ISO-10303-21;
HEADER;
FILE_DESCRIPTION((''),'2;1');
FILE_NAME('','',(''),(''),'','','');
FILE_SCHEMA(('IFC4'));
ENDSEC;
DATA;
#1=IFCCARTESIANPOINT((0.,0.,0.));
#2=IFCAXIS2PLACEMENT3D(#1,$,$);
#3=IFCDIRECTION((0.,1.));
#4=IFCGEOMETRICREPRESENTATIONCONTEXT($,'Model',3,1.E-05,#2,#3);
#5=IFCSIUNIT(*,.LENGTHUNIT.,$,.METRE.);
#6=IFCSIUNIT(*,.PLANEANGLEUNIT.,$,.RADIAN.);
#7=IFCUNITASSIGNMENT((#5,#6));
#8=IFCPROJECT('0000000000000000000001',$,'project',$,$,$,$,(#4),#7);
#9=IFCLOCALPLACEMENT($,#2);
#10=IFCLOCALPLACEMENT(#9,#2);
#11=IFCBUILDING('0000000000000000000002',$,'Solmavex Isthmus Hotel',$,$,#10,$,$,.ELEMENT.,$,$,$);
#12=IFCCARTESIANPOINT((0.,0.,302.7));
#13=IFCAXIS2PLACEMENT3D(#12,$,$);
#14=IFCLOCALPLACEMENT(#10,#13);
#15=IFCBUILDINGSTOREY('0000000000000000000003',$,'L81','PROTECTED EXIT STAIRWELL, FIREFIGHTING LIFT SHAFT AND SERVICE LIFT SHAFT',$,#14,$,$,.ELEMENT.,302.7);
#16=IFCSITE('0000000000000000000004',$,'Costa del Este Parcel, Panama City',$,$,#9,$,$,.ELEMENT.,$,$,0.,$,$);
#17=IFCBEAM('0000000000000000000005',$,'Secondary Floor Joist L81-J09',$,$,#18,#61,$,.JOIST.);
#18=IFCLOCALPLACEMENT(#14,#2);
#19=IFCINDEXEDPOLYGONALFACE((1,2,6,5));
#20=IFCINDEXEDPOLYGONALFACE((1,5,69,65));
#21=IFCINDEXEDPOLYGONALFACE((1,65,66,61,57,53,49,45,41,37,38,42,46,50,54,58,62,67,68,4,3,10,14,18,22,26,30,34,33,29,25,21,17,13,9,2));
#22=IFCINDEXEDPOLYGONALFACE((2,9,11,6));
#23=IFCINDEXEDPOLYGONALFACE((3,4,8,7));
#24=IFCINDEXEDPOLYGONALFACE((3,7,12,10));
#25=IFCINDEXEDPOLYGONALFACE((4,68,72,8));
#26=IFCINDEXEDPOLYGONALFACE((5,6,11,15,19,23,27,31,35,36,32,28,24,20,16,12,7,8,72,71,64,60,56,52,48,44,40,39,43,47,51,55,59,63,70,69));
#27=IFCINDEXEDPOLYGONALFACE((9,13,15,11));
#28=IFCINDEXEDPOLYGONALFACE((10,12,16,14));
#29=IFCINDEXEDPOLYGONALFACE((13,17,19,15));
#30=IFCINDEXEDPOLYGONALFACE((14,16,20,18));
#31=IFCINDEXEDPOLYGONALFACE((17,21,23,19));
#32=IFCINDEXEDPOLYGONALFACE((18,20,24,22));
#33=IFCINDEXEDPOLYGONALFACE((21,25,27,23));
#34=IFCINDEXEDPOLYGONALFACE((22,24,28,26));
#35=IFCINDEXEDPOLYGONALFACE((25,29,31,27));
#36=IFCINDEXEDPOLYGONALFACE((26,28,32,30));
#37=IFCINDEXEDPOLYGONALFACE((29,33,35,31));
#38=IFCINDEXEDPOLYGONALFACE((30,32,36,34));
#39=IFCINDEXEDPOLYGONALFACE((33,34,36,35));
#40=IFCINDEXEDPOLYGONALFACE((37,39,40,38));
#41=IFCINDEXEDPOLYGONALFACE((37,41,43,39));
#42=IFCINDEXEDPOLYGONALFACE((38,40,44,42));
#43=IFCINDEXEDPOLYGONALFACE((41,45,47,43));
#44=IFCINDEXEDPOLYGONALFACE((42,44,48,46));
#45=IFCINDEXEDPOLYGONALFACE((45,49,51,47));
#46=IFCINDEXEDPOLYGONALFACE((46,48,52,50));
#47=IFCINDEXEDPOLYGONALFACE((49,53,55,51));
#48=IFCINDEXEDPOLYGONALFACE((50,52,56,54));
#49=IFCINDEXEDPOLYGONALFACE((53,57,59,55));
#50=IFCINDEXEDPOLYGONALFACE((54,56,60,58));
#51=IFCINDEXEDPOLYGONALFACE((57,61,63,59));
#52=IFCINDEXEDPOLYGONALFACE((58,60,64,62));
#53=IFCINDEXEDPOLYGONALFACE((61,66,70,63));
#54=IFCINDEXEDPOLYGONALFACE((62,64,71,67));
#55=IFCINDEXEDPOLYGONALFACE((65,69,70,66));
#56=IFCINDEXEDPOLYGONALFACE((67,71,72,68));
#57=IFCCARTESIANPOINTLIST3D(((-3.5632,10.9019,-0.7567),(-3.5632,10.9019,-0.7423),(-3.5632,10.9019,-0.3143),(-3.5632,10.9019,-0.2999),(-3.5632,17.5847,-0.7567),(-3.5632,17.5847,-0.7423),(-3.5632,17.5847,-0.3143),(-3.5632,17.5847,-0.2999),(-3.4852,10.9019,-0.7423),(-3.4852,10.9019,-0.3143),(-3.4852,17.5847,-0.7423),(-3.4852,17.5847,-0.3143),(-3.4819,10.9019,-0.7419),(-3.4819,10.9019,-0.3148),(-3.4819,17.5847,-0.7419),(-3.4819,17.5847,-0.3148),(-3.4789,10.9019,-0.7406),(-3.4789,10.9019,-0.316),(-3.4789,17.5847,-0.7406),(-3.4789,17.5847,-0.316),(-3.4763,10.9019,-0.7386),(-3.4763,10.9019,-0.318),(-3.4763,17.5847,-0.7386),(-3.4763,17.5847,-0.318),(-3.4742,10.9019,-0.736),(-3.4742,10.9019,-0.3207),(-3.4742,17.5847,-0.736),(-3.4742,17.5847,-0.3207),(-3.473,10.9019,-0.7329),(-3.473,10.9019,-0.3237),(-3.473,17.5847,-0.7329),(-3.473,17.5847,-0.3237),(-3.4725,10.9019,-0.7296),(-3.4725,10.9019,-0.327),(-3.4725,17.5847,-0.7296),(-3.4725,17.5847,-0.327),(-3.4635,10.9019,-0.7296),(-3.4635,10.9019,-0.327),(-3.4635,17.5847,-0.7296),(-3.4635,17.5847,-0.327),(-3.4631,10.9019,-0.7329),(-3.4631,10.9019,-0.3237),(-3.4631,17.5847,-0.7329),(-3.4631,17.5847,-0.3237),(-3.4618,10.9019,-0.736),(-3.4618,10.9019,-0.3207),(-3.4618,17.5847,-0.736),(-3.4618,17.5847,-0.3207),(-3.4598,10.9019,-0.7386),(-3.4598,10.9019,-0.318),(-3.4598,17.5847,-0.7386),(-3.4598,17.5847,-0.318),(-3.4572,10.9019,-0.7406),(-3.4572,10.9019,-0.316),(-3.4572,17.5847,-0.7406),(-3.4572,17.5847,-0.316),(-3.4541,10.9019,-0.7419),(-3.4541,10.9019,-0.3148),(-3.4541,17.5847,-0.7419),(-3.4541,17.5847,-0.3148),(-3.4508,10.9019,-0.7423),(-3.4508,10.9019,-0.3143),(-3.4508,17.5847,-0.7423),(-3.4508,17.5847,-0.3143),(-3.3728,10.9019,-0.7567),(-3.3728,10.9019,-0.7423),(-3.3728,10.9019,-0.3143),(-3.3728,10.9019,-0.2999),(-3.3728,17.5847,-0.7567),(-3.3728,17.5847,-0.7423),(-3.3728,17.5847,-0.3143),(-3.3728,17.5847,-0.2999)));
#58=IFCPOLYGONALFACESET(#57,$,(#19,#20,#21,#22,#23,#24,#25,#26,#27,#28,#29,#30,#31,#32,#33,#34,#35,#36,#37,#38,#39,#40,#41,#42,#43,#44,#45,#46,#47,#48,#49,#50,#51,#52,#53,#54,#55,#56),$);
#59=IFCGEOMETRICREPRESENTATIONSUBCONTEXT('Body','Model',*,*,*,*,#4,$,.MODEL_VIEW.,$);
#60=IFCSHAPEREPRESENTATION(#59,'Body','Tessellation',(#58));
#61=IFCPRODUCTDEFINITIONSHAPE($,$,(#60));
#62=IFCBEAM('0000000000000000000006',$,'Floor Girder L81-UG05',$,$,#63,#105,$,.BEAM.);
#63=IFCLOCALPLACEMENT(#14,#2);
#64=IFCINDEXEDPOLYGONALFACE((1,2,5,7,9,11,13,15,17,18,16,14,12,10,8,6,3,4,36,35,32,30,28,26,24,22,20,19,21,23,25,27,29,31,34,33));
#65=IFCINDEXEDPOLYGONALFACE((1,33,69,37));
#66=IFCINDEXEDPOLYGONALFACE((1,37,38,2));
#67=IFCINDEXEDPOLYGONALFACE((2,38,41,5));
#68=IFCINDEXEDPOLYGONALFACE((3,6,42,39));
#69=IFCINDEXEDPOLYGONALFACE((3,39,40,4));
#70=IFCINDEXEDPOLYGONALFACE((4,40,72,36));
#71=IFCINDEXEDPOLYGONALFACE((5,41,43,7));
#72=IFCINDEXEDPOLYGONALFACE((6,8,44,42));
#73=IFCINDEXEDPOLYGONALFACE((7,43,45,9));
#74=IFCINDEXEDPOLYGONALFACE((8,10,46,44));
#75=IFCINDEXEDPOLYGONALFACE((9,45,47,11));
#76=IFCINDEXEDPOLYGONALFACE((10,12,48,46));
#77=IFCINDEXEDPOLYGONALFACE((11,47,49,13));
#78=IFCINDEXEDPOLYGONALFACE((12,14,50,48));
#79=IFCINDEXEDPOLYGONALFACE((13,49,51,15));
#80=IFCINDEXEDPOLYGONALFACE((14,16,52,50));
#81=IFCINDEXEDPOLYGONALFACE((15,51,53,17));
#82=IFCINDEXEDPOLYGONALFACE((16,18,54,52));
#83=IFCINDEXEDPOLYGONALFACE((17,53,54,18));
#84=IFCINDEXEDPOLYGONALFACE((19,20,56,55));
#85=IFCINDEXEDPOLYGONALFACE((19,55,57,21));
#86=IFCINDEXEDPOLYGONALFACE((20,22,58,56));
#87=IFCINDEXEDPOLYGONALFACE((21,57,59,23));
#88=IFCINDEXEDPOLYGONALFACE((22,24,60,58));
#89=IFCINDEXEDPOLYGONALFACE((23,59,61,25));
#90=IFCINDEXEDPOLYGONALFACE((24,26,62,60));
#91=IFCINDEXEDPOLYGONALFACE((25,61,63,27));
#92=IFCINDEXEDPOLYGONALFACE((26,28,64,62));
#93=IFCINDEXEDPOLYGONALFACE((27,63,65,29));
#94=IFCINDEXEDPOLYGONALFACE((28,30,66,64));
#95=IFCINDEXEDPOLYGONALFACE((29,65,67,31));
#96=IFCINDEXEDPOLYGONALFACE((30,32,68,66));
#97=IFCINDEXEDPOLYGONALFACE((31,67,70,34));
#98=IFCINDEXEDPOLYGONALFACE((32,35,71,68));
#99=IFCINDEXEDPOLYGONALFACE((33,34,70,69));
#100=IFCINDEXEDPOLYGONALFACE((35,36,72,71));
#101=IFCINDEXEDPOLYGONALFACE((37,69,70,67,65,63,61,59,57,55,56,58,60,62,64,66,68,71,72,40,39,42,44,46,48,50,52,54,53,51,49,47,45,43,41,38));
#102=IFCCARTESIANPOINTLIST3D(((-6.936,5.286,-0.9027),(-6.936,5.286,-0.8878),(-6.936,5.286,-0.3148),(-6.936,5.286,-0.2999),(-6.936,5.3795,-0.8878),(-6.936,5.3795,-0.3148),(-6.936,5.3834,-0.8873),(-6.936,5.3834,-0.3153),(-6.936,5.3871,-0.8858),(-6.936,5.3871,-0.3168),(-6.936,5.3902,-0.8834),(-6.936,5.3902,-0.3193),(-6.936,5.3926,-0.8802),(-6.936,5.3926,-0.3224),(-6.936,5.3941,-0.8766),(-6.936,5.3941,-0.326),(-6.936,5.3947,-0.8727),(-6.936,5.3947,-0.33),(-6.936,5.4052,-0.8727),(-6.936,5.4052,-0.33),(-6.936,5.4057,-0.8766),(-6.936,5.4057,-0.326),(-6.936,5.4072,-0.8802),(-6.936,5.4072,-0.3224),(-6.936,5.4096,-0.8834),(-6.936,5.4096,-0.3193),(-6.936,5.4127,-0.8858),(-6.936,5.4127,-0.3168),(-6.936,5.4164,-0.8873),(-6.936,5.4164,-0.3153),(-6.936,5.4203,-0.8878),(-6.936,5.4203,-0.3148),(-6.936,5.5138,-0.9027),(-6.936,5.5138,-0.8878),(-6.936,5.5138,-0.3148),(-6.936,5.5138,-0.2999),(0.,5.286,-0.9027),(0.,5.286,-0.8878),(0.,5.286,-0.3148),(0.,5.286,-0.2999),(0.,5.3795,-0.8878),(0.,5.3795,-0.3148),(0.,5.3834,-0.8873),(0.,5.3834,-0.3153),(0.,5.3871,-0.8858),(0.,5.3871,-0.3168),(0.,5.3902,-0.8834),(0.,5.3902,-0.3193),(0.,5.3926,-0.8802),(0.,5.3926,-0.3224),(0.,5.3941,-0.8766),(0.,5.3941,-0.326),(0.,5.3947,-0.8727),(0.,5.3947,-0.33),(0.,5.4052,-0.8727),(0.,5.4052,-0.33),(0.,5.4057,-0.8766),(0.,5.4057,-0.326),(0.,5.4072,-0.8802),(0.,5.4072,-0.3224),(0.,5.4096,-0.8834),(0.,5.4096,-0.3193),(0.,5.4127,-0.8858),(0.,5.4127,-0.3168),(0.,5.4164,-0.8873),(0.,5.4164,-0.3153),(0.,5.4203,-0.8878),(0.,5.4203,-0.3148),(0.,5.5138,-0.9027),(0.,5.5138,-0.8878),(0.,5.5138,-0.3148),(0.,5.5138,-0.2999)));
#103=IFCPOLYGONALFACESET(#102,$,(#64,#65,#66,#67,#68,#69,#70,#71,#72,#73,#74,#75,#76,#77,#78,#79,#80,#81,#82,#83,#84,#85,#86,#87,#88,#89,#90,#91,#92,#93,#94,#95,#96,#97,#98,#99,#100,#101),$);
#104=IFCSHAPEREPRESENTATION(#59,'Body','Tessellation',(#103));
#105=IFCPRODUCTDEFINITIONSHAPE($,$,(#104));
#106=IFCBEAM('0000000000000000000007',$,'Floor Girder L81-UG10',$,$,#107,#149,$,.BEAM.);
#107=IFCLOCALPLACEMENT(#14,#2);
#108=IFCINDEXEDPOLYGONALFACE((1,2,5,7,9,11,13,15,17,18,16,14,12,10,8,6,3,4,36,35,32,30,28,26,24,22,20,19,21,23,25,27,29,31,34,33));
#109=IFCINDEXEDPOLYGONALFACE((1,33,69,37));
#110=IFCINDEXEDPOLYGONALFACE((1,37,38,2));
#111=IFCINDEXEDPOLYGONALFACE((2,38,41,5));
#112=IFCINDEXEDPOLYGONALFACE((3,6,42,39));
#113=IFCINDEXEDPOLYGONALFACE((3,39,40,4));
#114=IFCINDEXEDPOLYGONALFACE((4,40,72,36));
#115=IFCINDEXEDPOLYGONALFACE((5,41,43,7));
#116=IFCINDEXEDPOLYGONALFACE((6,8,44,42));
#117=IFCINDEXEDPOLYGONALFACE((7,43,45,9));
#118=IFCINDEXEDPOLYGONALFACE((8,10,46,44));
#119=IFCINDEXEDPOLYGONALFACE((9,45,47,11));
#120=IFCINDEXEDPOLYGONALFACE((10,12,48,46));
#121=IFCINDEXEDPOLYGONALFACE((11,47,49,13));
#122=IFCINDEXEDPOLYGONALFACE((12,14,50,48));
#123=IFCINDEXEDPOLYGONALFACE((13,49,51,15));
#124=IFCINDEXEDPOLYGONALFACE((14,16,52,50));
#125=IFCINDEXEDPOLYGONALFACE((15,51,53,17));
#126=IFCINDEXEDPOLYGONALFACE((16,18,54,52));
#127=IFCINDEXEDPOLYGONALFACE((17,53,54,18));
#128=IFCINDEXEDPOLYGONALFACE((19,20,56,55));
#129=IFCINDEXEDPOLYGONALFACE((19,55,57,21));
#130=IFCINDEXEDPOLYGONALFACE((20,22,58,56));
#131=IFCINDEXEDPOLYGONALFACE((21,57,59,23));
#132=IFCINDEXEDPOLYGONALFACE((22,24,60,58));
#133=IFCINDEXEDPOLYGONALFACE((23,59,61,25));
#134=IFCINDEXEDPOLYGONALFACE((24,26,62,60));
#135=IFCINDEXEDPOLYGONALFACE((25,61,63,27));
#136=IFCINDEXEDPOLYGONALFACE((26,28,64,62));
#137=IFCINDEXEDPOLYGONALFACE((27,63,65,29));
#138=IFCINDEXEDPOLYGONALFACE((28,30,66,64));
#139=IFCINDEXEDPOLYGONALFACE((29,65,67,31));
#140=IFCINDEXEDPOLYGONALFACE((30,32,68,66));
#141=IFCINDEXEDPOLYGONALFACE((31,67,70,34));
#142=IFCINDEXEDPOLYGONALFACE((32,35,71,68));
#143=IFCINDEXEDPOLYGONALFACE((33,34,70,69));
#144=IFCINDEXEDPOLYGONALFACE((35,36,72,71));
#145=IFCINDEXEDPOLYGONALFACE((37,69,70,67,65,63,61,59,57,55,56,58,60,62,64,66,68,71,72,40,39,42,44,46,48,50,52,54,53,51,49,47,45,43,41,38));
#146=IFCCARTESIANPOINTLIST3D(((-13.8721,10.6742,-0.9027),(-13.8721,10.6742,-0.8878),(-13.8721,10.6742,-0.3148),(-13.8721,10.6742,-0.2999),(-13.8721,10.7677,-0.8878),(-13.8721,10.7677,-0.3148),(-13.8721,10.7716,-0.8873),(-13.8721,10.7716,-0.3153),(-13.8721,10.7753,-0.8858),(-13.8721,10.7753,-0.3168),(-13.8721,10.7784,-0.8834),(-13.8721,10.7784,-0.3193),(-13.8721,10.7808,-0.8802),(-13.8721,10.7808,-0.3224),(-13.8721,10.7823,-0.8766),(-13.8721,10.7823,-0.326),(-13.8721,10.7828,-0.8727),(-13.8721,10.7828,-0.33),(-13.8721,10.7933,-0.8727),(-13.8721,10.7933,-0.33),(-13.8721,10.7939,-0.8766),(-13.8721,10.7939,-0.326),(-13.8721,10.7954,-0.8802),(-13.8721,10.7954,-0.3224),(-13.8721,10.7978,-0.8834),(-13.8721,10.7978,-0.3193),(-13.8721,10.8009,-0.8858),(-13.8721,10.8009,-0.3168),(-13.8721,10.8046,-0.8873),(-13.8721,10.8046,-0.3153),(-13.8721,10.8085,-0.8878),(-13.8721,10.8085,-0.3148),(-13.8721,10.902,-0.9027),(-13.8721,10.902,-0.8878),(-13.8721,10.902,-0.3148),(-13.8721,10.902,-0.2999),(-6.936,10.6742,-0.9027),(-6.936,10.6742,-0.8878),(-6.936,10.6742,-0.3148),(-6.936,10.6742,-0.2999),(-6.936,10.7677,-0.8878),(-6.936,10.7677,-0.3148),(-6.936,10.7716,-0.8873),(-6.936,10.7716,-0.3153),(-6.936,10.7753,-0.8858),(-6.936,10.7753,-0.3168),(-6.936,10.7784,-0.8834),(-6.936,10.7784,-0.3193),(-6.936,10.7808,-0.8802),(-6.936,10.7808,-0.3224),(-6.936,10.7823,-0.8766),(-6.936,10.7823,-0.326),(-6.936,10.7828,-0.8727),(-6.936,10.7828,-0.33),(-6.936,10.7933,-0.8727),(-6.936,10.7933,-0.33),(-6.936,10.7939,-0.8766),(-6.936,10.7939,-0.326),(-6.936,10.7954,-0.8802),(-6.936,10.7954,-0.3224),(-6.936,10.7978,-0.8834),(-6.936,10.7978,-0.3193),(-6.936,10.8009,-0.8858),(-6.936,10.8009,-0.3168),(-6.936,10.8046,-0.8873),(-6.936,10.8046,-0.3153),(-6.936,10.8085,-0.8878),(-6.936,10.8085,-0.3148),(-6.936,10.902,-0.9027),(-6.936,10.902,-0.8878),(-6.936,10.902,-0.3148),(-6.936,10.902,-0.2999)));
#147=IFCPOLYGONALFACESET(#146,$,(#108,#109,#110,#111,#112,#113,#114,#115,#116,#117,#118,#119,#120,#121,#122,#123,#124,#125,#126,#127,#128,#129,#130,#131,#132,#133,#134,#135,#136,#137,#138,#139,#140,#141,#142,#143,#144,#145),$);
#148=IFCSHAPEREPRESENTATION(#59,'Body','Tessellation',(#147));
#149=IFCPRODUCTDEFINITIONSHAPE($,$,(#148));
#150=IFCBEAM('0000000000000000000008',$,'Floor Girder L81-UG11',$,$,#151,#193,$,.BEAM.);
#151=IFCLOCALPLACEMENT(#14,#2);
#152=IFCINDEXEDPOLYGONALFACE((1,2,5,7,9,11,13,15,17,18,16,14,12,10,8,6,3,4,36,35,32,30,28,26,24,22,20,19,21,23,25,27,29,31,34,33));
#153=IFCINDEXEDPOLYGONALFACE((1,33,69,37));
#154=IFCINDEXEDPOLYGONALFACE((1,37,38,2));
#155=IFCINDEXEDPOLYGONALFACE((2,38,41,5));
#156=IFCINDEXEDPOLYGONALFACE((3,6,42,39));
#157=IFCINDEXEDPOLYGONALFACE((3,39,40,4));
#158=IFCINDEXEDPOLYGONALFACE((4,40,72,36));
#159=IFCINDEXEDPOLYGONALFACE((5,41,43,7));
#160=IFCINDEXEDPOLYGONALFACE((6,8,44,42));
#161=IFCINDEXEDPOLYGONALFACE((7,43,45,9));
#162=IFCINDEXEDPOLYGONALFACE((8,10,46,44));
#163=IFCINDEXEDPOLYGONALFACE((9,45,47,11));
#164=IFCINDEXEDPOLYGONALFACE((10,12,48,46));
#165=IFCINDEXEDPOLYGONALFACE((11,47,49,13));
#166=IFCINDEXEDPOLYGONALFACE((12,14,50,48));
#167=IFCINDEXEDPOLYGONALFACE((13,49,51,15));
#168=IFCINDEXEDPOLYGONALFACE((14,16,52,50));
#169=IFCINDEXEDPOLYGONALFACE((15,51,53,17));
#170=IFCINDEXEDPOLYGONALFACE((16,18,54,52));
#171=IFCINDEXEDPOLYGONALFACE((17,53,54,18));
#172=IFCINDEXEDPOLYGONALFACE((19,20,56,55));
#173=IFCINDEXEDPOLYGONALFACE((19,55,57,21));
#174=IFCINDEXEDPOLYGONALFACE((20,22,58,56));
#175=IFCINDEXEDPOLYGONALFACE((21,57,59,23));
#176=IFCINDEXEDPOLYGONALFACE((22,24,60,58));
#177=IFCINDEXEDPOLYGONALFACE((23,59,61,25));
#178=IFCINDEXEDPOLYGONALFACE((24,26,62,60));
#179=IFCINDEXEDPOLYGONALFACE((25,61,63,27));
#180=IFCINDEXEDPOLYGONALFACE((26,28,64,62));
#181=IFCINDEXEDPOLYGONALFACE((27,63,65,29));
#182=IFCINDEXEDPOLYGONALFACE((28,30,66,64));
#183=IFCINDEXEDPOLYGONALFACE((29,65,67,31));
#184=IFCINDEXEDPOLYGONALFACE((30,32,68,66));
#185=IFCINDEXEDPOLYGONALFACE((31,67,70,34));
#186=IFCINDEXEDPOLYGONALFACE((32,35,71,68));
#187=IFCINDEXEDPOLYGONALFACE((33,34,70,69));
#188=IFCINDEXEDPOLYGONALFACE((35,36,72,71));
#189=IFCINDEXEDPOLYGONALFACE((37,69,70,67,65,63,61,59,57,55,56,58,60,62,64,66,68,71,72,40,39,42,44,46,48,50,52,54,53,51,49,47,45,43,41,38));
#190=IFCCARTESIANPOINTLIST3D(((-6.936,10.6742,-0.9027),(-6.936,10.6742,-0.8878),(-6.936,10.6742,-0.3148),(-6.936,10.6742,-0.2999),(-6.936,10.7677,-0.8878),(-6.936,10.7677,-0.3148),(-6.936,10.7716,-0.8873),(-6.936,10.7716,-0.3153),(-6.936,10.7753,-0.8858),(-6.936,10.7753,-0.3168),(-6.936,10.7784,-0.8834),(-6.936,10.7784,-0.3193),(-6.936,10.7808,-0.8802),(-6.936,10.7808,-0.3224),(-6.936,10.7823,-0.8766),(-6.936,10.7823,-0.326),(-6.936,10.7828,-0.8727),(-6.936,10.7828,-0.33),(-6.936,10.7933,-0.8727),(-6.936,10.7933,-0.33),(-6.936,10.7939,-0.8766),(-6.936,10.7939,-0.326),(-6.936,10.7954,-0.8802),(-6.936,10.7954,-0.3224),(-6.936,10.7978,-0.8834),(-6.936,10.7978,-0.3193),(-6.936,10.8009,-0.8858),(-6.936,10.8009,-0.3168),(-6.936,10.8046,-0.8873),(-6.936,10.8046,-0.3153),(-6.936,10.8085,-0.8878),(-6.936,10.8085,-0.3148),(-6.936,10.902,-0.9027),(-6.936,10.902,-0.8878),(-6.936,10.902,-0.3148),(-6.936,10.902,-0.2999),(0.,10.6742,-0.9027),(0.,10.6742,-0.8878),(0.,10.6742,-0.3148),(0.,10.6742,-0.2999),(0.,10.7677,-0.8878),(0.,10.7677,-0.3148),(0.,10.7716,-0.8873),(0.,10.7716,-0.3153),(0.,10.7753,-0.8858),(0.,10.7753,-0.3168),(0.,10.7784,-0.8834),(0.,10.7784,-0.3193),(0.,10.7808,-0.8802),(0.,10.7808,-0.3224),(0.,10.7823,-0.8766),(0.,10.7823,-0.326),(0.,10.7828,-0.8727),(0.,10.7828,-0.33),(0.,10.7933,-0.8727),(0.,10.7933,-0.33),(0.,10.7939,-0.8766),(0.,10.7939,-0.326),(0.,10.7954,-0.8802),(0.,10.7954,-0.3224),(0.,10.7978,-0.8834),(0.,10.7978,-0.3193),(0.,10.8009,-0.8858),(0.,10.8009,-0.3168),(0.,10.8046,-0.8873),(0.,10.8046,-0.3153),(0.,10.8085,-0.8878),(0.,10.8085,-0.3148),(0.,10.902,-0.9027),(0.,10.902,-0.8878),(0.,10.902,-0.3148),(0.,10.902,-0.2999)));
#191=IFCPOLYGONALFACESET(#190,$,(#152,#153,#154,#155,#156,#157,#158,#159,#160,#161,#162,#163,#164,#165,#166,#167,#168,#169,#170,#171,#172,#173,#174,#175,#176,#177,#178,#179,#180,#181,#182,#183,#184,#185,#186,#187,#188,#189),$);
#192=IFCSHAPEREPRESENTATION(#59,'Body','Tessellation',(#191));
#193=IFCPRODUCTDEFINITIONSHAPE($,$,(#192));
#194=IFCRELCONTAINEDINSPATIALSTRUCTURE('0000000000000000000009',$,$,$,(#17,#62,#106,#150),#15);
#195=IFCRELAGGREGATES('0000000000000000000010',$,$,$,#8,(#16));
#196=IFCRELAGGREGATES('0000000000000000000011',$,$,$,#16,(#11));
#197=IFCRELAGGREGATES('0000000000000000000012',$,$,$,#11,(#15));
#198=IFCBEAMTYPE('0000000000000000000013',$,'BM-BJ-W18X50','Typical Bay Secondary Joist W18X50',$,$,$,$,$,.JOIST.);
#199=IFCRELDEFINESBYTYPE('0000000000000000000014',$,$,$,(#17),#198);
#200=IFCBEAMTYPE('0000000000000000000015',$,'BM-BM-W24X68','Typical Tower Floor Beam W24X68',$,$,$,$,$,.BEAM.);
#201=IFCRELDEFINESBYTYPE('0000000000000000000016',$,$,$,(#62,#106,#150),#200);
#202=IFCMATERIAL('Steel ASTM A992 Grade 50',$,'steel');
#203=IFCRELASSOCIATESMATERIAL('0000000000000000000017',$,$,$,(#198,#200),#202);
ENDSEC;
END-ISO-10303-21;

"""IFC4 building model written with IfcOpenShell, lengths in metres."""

from ifc_helpers import new_model, si_unit, direction, frame, origin, origin_2d, place, context, subcontext, project, spatial, i_section, extrude, material, material_profile, profile_set, type_object, element, save


model = new_model("IFC4")

# Units and contexts
model_context = context("Model", 3, precision=1e-05, world=origin(), true_north=direction((0.0, 1.0)))
body_context = subcontext(model_context, "Body", "Model", "MODEL_VIEW")
ifc_project = project(units=[si_unit("LENGTHUNIT", "METRE"), si_unit("PLANEANGLEUNIT", "RADIAN")], contexts=[model_context])

# Site, building, storey
site_placement = place(None, origin())
site = spatial("IfcSite", under=ifc_project, at=site_placement, Name="Costa del Este Parcel, Panama City", CompositionType="ELEMENT", RefElevation=0.0)
building_placement = place(site_placement, origin())
building = spatial("IfcBuilding", under=site, at=building_placement, Name="Solmavex Isthmus Hotel", CompositionType="ELEMENT")
storey_placement = place(building_placement, frame((0.0, 0.0, 302.7)))
storey = spatial("IfcBuildingStorey", under=building, at=storey_placement, Name="L81", Description="PROTECTED EXIT STAIRWELL, FIREFIGHTING LIFT SHAFT AND SERVICE LIFT SHAFT", CompositionType="ELEMENT", Elevation=302.7)

# Beams
ifc_material_1 = material(Name="Steel ASTM A992 Grade 50", Category="steel")
ifc_material_profile_1 = material_profile(ifc_material_1, i_section(OverallWidth=0.1904, OverallDepth=0.4568, WebThickness=0.009, FlangeThickness=0.0144, FilletRadius=0.0127, at=origin_2d()), Name="W18X50")
ifc_profile_set_1 = profile_set([ifc_material_profile_1], Name="Steel ASTM A992 Grade 50")
beam_type_1 = type_object("IfcBeamType", Name="BM-BJ-W18X50", Description="Typical Bay Secondary Joist W18X50", PredefinedType="JOIST", material=ifc_profile_set_1)
beam_1_placement = place(storey_placement, frame((-3.468, 10.9019, -0.5283), z_axis=(0.0, 1.0, 0.0), x_axis=(-1.0, 0.0, 0.0)))
element("IfcBeam", 1, at=beam_1_placement, inside=storey, type_object=beam_type_1, Name="Secondary Floor Joist L81-J09", PredefinedType="JOIST", context=body_context, shape_type="SweptSolid", body=[
    extrude(i_section(OverallWidth=0.1904, OverallDepth=0.4568, WebThickness=0.009, FlangeThickness=0.0144, FilletRadius=0.0127, at=origin_2d()), origin(), (0.0, 0.0, 1.0), 6.6829),
])
ifc_material_profile_2 = material_profile(ifc_material_1, i_section(OverallWidth=0.2278, OverallDepth=0.6028, WebThickness=0.0105, FlangeThickness=0.0149, FilletRadius=0.0151, at=origin_2d()), Name="W24X68")
ifc_profile_set_2 = profile_set([ifc_material_profile_2], Name="Steel ASTM A992 Grade 50")
beam_type_2 = type_object("IfcBeamType", Name="BM-BM-W24X68", Description="Typical Tower Floor Beam W24X68", PredefinedType="BEAM", material=ifc_profile_set_2)
for number, where, z_axis, x_axis, name in (
    (2, (-6.936, 5.3999, -0.6013), (1.0, 0.0, 0.0), (0.0, 1.0, 0.0), "Floor Girder L81-UG05"),
    (3, (-13.8721, 10.7881, -0.6013), (1.0, 0.0, 0.0), (0.0, 1.0, 0.0), "Floor Girder L81-UG10"),
    (4, (-6.936, 10.7881, -0.6013), (1.0, 0.0, 0.0), (0.0, 1.0, 0.0), "Floor Girder L81-UG11"),
):
    element("IfcBeam", number, at=place(storey_placement, frame(where, z_axis=z_axis, x_axis=x_axis)), inside=storey, type_object=beam_type_2, Name=name, PredefinedType="BEAM", context=body_context, shape_type="SweptSolid", body=[
        extrude(i_section(OverallWidth=0.2278, OverallDepth=0.6028, WebThickness=0.0105, FlangeThickness=0.0149, FilletRadius=0.0151, at=origin_2d()), origin(), (0.0, 0.0, 1.0), 6.936),
    ])

save(model, "model.ifc")
